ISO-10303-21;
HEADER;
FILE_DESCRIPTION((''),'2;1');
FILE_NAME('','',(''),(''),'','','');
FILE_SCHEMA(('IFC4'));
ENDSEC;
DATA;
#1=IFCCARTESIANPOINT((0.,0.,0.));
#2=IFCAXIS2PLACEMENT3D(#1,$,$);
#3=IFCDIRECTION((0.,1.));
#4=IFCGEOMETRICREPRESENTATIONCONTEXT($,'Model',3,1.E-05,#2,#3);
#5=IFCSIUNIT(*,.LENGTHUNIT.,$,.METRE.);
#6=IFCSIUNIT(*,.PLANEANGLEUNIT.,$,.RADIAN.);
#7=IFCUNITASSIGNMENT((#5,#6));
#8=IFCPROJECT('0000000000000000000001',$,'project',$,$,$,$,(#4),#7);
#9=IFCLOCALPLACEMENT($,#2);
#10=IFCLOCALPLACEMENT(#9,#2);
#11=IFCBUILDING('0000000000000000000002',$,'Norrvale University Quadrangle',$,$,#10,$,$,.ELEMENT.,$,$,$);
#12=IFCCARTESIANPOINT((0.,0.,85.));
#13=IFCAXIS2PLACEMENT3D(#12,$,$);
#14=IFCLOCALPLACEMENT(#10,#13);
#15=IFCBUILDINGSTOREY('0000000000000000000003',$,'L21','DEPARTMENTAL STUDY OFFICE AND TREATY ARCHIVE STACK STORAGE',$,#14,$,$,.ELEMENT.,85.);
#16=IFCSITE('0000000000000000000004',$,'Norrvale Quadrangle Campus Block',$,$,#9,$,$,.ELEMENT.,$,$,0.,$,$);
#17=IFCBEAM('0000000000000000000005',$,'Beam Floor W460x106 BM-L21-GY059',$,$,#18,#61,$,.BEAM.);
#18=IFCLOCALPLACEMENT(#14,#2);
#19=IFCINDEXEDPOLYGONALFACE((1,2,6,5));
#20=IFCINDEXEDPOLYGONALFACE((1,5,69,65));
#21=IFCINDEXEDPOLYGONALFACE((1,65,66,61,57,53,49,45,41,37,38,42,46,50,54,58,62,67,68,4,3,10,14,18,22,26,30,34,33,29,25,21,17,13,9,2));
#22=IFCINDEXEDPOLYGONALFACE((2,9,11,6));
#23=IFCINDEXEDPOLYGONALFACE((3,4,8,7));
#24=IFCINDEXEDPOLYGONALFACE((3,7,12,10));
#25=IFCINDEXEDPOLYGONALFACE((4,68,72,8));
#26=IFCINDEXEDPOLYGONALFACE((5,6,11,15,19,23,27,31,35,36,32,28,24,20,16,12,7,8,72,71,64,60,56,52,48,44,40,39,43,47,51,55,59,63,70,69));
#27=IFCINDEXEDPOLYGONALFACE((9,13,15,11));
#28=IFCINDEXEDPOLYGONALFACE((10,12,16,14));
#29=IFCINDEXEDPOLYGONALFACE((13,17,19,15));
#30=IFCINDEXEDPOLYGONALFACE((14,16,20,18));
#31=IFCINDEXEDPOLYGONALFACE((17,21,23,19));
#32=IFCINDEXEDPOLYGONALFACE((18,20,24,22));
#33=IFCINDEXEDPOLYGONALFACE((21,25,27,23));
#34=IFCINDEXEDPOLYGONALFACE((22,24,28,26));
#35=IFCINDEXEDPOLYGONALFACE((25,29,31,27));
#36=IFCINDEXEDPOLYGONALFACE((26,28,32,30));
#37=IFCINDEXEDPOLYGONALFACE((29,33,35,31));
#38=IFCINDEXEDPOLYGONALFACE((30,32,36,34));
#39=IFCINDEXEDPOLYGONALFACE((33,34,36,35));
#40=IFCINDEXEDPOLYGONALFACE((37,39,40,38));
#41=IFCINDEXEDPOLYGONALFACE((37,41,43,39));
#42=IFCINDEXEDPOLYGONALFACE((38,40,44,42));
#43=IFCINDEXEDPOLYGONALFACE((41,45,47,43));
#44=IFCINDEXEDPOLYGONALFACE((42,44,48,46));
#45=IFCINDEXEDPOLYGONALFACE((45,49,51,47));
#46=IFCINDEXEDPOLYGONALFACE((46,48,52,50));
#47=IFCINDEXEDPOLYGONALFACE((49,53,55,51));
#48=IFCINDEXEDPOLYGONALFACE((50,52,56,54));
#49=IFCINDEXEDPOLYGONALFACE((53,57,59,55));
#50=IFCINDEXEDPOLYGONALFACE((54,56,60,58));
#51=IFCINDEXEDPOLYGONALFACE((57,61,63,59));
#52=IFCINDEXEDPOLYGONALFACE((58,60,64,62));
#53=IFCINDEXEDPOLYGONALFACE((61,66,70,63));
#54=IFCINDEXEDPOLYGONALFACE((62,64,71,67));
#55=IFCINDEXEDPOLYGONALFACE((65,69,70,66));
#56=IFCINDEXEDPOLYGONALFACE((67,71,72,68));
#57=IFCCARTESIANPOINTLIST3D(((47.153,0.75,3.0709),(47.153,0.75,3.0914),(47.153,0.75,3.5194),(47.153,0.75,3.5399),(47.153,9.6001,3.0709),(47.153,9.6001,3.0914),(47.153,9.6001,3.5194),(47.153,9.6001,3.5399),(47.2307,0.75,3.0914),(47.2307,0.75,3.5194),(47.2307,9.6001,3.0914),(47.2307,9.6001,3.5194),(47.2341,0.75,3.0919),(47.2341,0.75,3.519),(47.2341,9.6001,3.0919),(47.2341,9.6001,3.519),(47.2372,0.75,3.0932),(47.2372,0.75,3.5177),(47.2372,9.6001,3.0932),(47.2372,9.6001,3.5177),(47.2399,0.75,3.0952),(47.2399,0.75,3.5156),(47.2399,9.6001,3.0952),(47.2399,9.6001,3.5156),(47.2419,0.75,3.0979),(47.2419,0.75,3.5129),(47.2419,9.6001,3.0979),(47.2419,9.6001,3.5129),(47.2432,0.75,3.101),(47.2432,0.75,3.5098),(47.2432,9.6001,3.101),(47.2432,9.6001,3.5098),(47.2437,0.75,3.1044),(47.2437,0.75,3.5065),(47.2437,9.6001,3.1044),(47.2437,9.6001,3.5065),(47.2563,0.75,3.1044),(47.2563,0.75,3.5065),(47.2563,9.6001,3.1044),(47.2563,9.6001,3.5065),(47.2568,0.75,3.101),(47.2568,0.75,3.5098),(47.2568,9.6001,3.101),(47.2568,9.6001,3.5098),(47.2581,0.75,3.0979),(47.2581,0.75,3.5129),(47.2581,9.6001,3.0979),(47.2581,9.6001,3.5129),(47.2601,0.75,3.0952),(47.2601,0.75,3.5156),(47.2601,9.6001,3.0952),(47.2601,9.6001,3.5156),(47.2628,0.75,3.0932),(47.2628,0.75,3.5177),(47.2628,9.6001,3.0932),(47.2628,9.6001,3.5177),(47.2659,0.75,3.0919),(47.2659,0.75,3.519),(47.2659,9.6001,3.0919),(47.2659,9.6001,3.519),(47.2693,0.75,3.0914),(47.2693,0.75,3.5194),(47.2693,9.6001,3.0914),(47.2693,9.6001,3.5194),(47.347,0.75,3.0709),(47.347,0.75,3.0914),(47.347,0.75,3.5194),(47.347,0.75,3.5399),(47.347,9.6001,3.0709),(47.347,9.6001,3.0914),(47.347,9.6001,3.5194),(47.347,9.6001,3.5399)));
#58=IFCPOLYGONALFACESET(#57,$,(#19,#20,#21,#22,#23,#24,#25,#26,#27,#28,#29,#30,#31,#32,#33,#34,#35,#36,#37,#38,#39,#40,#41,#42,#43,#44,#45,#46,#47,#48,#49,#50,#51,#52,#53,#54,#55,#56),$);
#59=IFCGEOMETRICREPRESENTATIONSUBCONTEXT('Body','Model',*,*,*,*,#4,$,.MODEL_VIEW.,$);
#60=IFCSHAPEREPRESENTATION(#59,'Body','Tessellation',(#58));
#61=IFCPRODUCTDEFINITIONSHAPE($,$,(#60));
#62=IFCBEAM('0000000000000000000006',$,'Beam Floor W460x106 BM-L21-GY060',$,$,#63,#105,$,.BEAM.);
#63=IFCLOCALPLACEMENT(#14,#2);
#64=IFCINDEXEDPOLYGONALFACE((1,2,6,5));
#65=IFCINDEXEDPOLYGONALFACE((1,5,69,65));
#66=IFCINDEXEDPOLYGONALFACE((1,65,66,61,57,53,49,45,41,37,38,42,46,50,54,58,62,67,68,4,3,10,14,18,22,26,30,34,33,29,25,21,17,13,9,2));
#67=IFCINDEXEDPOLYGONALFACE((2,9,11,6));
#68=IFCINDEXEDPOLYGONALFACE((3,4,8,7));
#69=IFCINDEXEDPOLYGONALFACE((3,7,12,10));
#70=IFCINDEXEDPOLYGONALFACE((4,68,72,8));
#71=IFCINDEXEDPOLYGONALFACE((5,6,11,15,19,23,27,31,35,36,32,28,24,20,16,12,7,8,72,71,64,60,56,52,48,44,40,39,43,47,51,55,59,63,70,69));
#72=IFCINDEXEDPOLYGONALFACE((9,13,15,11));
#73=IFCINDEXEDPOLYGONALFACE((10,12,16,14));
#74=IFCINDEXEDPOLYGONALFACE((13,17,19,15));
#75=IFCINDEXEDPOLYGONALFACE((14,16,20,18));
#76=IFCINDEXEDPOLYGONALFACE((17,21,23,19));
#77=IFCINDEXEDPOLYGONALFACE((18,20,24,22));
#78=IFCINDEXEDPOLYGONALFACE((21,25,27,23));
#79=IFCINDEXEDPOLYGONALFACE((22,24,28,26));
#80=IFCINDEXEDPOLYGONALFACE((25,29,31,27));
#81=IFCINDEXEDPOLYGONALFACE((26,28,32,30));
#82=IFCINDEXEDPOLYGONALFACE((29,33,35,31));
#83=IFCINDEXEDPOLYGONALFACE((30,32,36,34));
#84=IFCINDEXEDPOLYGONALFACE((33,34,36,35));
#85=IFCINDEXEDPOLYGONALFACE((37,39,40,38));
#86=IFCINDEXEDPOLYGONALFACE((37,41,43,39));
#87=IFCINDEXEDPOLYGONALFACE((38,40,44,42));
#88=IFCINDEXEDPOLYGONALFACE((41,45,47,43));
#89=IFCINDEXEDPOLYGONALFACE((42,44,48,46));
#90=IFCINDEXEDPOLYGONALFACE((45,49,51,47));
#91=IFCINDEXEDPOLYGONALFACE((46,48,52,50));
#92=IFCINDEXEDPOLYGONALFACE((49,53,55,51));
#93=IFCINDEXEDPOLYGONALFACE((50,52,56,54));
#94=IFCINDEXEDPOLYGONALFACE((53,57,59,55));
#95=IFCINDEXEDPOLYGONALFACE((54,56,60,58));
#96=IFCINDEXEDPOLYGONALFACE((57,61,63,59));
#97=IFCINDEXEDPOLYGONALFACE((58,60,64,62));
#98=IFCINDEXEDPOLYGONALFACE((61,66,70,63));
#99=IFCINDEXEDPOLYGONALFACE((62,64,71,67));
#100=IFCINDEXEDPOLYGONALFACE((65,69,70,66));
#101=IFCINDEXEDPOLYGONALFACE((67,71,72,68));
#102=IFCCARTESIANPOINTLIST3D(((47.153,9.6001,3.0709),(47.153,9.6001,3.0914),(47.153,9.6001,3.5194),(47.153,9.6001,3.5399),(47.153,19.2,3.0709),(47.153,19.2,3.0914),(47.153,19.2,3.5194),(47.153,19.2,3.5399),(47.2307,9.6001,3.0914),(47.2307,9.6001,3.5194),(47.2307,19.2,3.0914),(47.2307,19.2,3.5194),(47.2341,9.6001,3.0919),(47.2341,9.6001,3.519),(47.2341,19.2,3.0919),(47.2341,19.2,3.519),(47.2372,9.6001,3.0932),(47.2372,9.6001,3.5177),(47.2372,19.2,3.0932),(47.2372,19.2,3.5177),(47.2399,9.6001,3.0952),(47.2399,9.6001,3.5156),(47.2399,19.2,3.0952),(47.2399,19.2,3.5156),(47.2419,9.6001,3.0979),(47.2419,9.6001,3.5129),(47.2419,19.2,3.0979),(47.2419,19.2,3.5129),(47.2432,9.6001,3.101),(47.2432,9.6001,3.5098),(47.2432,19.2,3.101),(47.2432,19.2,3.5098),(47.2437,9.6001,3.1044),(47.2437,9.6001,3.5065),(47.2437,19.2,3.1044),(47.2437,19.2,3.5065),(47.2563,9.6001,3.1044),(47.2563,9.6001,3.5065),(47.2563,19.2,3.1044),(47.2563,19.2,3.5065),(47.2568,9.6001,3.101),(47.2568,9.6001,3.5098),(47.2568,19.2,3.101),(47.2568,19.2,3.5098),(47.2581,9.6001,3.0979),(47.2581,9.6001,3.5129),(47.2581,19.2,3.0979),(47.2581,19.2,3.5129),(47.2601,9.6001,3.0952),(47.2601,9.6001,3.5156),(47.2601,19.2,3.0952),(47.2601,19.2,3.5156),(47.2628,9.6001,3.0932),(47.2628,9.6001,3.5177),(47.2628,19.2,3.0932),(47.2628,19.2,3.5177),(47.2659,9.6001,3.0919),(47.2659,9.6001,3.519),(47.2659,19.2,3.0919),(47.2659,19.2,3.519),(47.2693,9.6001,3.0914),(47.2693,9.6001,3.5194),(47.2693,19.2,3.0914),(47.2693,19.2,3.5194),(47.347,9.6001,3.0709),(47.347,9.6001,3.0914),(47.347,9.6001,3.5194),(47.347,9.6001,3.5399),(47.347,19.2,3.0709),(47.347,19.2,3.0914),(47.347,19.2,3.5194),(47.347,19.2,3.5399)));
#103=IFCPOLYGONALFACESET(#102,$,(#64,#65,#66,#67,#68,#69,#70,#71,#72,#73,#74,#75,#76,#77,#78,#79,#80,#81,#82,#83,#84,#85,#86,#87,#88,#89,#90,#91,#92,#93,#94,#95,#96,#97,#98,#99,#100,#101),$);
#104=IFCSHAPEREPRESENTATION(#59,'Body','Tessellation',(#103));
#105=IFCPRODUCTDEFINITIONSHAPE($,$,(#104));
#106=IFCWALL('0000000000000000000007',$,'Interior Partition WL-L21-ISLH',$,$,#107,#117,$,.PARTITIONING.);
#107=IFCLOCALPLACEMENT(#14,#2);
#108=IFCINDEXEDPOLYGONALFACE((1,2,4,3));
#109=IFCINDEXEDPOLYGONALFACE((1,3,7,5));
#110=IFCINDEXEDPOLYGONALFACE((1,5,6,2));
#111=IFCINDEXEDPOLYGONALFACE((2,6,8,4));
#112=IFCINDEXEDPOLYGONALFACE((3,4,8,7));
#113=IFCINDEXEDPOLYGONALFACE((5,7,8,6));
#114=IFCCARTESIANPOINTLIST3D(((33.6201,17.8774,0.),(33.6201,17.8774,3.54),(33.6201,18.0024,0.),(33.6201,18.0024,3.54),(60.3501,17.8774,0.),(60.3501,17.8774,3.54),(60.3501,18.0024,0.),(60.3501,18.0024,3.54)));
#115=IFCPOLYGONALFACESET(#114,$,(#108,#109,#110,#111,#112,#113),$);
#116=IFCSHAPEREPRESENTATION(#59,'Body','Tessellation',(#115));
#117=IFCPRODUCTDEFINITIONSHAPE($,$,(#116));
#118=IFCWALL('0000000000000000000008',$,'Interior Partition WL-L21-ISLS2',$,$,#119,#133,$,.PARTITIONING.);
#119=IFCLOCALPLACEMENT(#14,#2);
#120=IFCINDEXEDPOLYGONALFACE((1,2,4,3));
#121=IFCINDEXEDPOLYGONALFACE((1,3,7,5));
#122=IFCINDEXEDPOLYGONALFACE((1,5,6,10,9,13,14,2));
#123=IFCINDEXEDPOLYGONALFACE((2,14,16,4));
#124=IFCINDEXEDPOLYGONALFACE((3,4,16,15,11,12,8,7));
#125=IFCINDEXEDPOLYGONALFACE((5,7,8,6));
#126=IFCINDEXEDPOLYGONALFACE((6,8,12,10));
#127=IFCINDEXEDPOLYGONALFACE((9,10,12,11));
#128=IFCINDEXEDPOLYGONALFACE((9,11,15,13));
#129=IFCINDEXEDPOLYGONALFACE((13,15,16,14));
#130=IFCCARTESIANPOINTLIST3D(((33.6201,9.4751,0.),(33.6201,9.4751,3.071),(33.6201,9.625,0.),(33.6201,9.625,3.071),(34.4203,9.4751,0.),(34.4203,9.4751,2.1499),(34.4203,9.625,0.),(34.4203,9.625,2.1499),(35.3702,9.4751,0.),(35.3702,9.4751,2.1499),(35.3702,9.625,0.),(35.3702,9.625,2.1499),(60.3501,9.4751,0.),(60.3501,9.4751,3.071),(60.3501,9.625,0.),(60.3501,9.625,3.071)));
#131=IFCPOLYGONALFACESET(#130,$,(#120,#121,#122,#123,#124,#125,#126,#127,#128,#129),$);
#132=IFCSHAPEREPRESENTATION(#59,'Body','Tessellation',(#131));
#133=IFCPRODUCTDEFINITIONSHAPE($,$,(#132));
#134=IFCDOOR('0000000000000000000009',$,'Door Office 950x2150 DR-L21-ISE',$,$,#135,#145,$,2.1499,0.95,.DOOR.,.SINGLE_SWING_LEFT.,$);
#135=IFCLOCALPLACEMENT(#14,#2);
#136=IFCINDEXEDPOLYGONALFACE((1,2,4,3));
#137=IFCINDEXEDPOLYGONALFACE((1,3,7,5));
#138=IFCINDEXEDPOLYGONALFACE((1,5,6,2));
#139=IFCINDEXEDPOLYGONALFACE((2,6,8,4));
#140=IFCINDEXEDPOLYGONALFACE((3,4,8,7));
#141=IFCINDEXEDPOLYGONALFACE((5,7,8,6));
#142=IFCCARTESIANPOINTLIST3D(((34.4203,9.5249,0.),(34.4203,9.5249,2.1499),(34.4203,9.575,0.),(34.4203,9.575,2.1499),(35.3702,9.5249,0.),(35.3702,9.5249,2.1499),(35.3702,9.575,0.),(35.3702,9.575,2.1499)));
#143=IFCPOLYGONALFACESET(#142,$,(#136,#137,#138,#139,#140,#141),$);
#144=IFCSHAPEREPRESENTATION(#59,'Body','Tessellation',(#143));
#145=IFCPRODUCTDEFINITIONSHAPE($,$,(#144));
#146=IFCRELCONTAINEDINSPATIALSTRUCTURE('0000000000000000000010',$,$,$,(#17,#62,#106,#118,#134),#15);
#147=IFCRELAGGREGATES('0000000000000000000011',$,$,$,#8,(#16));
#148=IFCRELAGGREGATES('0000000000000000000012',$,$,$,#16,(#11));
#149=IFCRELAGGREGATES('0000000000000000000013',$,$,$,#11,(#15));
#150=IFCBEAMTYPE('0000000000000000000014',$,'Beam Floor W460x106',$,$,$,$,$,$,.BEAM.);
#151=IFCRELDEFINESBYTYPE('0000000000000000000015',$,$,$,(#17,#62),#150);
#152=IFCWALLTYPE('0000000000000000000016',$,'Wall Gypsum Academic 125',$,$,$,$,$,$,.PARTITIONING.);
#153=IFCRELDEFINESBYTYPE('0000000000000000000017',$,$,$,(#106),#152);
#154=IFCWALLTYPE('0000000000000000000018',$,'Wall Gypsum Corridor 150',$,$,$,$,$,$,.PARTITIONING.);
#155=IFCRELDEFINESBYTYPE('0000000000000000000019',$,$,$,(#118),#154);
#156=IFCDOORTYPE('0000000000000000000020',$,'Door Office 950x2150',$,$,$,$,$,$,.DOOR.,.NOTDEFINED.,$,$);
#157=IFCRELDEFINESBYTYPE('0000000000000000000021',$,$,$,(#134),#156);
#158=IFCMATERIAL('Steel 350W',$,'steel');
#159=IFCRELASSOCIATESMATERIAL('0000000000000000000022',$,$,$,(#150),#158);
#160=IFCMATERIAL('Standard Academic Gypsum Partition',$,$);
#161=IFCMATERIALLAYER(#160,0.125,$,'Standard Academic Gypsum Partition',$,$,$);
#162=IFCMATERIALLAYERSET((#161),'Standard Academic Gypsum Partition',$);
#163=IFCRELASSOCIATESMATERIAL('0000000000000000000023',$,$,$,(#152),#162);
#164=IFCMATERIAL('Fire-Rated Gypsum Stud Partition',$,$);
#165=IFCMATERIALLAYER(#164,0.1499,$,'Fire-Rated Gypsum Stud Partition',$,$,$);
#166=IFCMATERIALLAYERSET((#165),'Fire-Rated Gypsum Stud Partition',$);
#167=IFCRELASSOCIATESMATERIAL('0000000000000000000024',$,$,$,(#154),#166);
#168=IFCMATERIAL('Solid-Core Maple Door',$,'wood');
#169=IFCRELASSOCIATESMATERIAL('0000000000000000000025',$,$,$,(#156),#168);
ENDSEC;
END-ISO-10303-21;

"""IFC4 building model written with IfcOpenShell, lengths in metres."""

from ifc_helpers import new_model, si_unit, direction, frame, frame_2d, origin, origin_2d, place, context, subcontext, project, spatial, rectangle, i_section, extrude, material, layer, layer_set, material_profile, profile_set, type_object, element, fill, save


model = new_model("IFC4")

# Units and contexts
model_context = context("Model", 3, precision=1e-05, world=origin(), true_north=direction((0.0, 1.0)))
body_context = subcontext(model_context, "Body", "Model", "MODEL_VIEW")
ifc_project = project(units=[si_unit("LENGTHUNIT", "METRE"), si_unit("PLANEANGLEUNIT", "RADIAN")], contexts=[model_context])

# Site, building, storey
site_placement = place(None, origin())
site = spatial("IfcSite", under=ifc_project, at=site_placement, Name="Norrvale Quadrangle Campus Block", CompositionType="ELEMENT", RefElevation=0.0)
building_placement = place(site_placement, origin())
building = spatial("IfcBuilding", under=site, at=building_placement, Name="Norrvale University Quadrangle", CompositionType="ELEMENT")
storey_placement = place(building_placement, frame((0.0, 0.0, 85.0)))
storey = spatial("IfcBuildingStorey", under=building, at=storey_placement, Name="L21", Description="DEPARTMENTAL STUDY OFFICE AND TREATY ARCHIVE STACK STORAGE", CompositionType="ELEMENT", Elevation=85.0)

# Beams
ifc_material_1 = material(Name="Steel 350W", Category="steel")
ifc_material_profile_1 = material_profile(ifc_material_1, i_section(OverallWidth=0.1941, OverallDepth=0.469, WebThickness=0.0127, FlangeThickness=0.0205, FilletRadius=0.0129, at=origin_2d()), Name="Steel 350W")
ifc_profile_set_1 = profile_set([ifc_material_profile_1], Name="Steel 350W")
beam_type_1 = type_object("IfcBeamType", Name="Beam Floor W460x106", PredefinedType="BEAM", material=ifc_profile_set_1)
beam_1_placement = place(storey_placement, frame((47.25, 0.75, 3.3054), z_axis=(0.0, 1.0, 0.0), x_axis=(-1.0, 0.0, 0.0)))
element("IfcBeam", 1, at=beam_1_placement, inside=storey, type_object=beam_type_1, Name="Beam Floor W460x106 BM-L21-GY059", PredefinedType="BEAM", context=body_context, shape_type="SweptSolid", body=[
    extrude(i_section(OverallWidth=0.1941, OverallDepth=0.469, WebThickness=0.0127, FlangeThickness=0.0205, FilletRadius=0.0129, at=origin_2d()), origin(), (0.0, 0.0, 1.0), 8.8501),
])
beam_2_placement = place(storey_placement, frame((47.25, 9.6001, 3.3054), z_axis=(0.0, 1.0, 0.0), x_axis=(-1.0, 0.0, 0.0)))
element("IfcBeam", 2, at=beam_2_placement, inside=storey, type_object=beam_type_1, Name="Beam Floor W460x106 BM-L21-GY060", PredefinedType="BEAM", context=body_context, shape_type="SweptSolid", body=[
    extrude(i_section(OverallWidth=0.1941, OverallDepth=0.469, WebThickness=0.0127, FlangeThickness=0.0205, FilletRadius=0.0129, at=origin_2d()), origin(), (0.0, 0.0, 1.0), 9.5999),
])

# Wall
ifc_material_2 = material(Name="Standard Academic Gypsum Partition")
ifc_layer_1 = layer(ifc_material_2, 0.125, Name="Standard Academic Gypsum Partition")
ifc_layer_set_1 = layer_set([ifc_layer_1], Name="Standard Academic Gypsum Partition")
wall_type_1 = type_object("IfcWallType", Name="Wall Gypsum Academic 125", PredefinedType="PARTITIONING", material=ifc_layer_set_1)
wall_1_placement = place(storey_placement, frame((33.6201, 17.9399, 0.0), z_axis=(0.0, 0.0, 1.0), x_axis=(1.0, 0.0, 0.0)))
element("IfcWall", 3, at=wall_1_placement, inside=storey, type_object=wall_type_1, Name="Interior Partition WL-L21-ISLH", PredefinedType="PARTITIONING", context=body_context, shape_type="SweptSolid", body=[
    extrude(rectangle(XDim=26.73, YDim=0.125, at=frame_2d((13.365, 0.0))), origin(), (0.0, 0.0, 1.0), 3.54),
])

# Wall, opening, door
ifc_material_3 = material(Name="Fire-Rated Gypsum Stud Partition")
ifc_layer_2 = layer(ifc_material_3, 0.1499, Name="Fire-Rated Gypsum Stud Partition")
ifc_layer_set_2 = layer_set([ifc_layer_2], Name="Fire-Rated Gypsum Stud Partition")
wall_type_2 = type_object("IfcWallType", Name="Wall Gypsum Corridor 150", PredefinedType="PARTITIONING", material=ifc_layer_set_2)
wall_2_placement = place(storey_placement, frame((33.6201, 9.55, 0.0), z_axis=(0.0, 0.0, 1.0), x_axis=(1.0, 0.0, 0.0)))
wall_2 = element("IfcWall", 4, at=wall_2_placement, inside=storey, type_object=wall_type_2, Name="Interior Partition WL-L21-ISLS2", PredefinedType="PARTITIONING", context=body_context, shape_type="SweptSolid", body=[
    extrude(rectangle(XDim=26.73, YDim=0.1499, at=frame_2d((13.365, 0.0))), origin(), (0.0, 0.0, 1.0), 3.071),
])
opening_placement = place(wall_2_placement, frame((0.8, 0.0, 0.0)))
opening = element("IfcOpeningElement", 5, at=opening_placement, cuts=wall_2, PredefinedType="OPENING", context=body_context, shape_type="SweptSolid", body=[
    extrude(rectangle(XDim=0.95, YDim=2.1499, at=frame_2d((0.4751, 1.075))), frame((0.0, 0.0869, 0.0), z_axis=(0.0, -1.0, 0.0), x_axis=(1.0, 0.0, 0.0)), (0.0, 0.0, 1.0), 0.1738),
])
ifc_material_4 = material(Name="Solid-Core Maple Door", Category="wood")
door_type = type_object("IfcDoorType", Name="Door Office 950x2150", OperationType="NOTDEFINED", PredefinedType="DOOR", material=ifc_material_4)
door_placement = place(opening_placement, origin())
door = element("IfcDoor", 6, at=door_placement, inside=storey, type_object=door_type, Name="Door Office 950x2150 DR-L21-ISE", OperationType="SINGLE_SWING_LEFT", OverallHeight=2.1499, OverallWidth=0.95, PredefinedType="DOOR", context=body_context, shape_type="SweptSolid", body=[
    extrude(rectangle(XDim=0.95, YDim=2.1499, at=frame_2d((0.4751, 1.075))), frame((0.0, 0.0249, 0.0), z_axis=(0.0, -1.0, 0.0), x_axis=(1.0, 0.0, 0.0)), (0.0, 0.0, 1.0), 0.05),
])
fill(opening, door)

save(model, "model.ifc")
